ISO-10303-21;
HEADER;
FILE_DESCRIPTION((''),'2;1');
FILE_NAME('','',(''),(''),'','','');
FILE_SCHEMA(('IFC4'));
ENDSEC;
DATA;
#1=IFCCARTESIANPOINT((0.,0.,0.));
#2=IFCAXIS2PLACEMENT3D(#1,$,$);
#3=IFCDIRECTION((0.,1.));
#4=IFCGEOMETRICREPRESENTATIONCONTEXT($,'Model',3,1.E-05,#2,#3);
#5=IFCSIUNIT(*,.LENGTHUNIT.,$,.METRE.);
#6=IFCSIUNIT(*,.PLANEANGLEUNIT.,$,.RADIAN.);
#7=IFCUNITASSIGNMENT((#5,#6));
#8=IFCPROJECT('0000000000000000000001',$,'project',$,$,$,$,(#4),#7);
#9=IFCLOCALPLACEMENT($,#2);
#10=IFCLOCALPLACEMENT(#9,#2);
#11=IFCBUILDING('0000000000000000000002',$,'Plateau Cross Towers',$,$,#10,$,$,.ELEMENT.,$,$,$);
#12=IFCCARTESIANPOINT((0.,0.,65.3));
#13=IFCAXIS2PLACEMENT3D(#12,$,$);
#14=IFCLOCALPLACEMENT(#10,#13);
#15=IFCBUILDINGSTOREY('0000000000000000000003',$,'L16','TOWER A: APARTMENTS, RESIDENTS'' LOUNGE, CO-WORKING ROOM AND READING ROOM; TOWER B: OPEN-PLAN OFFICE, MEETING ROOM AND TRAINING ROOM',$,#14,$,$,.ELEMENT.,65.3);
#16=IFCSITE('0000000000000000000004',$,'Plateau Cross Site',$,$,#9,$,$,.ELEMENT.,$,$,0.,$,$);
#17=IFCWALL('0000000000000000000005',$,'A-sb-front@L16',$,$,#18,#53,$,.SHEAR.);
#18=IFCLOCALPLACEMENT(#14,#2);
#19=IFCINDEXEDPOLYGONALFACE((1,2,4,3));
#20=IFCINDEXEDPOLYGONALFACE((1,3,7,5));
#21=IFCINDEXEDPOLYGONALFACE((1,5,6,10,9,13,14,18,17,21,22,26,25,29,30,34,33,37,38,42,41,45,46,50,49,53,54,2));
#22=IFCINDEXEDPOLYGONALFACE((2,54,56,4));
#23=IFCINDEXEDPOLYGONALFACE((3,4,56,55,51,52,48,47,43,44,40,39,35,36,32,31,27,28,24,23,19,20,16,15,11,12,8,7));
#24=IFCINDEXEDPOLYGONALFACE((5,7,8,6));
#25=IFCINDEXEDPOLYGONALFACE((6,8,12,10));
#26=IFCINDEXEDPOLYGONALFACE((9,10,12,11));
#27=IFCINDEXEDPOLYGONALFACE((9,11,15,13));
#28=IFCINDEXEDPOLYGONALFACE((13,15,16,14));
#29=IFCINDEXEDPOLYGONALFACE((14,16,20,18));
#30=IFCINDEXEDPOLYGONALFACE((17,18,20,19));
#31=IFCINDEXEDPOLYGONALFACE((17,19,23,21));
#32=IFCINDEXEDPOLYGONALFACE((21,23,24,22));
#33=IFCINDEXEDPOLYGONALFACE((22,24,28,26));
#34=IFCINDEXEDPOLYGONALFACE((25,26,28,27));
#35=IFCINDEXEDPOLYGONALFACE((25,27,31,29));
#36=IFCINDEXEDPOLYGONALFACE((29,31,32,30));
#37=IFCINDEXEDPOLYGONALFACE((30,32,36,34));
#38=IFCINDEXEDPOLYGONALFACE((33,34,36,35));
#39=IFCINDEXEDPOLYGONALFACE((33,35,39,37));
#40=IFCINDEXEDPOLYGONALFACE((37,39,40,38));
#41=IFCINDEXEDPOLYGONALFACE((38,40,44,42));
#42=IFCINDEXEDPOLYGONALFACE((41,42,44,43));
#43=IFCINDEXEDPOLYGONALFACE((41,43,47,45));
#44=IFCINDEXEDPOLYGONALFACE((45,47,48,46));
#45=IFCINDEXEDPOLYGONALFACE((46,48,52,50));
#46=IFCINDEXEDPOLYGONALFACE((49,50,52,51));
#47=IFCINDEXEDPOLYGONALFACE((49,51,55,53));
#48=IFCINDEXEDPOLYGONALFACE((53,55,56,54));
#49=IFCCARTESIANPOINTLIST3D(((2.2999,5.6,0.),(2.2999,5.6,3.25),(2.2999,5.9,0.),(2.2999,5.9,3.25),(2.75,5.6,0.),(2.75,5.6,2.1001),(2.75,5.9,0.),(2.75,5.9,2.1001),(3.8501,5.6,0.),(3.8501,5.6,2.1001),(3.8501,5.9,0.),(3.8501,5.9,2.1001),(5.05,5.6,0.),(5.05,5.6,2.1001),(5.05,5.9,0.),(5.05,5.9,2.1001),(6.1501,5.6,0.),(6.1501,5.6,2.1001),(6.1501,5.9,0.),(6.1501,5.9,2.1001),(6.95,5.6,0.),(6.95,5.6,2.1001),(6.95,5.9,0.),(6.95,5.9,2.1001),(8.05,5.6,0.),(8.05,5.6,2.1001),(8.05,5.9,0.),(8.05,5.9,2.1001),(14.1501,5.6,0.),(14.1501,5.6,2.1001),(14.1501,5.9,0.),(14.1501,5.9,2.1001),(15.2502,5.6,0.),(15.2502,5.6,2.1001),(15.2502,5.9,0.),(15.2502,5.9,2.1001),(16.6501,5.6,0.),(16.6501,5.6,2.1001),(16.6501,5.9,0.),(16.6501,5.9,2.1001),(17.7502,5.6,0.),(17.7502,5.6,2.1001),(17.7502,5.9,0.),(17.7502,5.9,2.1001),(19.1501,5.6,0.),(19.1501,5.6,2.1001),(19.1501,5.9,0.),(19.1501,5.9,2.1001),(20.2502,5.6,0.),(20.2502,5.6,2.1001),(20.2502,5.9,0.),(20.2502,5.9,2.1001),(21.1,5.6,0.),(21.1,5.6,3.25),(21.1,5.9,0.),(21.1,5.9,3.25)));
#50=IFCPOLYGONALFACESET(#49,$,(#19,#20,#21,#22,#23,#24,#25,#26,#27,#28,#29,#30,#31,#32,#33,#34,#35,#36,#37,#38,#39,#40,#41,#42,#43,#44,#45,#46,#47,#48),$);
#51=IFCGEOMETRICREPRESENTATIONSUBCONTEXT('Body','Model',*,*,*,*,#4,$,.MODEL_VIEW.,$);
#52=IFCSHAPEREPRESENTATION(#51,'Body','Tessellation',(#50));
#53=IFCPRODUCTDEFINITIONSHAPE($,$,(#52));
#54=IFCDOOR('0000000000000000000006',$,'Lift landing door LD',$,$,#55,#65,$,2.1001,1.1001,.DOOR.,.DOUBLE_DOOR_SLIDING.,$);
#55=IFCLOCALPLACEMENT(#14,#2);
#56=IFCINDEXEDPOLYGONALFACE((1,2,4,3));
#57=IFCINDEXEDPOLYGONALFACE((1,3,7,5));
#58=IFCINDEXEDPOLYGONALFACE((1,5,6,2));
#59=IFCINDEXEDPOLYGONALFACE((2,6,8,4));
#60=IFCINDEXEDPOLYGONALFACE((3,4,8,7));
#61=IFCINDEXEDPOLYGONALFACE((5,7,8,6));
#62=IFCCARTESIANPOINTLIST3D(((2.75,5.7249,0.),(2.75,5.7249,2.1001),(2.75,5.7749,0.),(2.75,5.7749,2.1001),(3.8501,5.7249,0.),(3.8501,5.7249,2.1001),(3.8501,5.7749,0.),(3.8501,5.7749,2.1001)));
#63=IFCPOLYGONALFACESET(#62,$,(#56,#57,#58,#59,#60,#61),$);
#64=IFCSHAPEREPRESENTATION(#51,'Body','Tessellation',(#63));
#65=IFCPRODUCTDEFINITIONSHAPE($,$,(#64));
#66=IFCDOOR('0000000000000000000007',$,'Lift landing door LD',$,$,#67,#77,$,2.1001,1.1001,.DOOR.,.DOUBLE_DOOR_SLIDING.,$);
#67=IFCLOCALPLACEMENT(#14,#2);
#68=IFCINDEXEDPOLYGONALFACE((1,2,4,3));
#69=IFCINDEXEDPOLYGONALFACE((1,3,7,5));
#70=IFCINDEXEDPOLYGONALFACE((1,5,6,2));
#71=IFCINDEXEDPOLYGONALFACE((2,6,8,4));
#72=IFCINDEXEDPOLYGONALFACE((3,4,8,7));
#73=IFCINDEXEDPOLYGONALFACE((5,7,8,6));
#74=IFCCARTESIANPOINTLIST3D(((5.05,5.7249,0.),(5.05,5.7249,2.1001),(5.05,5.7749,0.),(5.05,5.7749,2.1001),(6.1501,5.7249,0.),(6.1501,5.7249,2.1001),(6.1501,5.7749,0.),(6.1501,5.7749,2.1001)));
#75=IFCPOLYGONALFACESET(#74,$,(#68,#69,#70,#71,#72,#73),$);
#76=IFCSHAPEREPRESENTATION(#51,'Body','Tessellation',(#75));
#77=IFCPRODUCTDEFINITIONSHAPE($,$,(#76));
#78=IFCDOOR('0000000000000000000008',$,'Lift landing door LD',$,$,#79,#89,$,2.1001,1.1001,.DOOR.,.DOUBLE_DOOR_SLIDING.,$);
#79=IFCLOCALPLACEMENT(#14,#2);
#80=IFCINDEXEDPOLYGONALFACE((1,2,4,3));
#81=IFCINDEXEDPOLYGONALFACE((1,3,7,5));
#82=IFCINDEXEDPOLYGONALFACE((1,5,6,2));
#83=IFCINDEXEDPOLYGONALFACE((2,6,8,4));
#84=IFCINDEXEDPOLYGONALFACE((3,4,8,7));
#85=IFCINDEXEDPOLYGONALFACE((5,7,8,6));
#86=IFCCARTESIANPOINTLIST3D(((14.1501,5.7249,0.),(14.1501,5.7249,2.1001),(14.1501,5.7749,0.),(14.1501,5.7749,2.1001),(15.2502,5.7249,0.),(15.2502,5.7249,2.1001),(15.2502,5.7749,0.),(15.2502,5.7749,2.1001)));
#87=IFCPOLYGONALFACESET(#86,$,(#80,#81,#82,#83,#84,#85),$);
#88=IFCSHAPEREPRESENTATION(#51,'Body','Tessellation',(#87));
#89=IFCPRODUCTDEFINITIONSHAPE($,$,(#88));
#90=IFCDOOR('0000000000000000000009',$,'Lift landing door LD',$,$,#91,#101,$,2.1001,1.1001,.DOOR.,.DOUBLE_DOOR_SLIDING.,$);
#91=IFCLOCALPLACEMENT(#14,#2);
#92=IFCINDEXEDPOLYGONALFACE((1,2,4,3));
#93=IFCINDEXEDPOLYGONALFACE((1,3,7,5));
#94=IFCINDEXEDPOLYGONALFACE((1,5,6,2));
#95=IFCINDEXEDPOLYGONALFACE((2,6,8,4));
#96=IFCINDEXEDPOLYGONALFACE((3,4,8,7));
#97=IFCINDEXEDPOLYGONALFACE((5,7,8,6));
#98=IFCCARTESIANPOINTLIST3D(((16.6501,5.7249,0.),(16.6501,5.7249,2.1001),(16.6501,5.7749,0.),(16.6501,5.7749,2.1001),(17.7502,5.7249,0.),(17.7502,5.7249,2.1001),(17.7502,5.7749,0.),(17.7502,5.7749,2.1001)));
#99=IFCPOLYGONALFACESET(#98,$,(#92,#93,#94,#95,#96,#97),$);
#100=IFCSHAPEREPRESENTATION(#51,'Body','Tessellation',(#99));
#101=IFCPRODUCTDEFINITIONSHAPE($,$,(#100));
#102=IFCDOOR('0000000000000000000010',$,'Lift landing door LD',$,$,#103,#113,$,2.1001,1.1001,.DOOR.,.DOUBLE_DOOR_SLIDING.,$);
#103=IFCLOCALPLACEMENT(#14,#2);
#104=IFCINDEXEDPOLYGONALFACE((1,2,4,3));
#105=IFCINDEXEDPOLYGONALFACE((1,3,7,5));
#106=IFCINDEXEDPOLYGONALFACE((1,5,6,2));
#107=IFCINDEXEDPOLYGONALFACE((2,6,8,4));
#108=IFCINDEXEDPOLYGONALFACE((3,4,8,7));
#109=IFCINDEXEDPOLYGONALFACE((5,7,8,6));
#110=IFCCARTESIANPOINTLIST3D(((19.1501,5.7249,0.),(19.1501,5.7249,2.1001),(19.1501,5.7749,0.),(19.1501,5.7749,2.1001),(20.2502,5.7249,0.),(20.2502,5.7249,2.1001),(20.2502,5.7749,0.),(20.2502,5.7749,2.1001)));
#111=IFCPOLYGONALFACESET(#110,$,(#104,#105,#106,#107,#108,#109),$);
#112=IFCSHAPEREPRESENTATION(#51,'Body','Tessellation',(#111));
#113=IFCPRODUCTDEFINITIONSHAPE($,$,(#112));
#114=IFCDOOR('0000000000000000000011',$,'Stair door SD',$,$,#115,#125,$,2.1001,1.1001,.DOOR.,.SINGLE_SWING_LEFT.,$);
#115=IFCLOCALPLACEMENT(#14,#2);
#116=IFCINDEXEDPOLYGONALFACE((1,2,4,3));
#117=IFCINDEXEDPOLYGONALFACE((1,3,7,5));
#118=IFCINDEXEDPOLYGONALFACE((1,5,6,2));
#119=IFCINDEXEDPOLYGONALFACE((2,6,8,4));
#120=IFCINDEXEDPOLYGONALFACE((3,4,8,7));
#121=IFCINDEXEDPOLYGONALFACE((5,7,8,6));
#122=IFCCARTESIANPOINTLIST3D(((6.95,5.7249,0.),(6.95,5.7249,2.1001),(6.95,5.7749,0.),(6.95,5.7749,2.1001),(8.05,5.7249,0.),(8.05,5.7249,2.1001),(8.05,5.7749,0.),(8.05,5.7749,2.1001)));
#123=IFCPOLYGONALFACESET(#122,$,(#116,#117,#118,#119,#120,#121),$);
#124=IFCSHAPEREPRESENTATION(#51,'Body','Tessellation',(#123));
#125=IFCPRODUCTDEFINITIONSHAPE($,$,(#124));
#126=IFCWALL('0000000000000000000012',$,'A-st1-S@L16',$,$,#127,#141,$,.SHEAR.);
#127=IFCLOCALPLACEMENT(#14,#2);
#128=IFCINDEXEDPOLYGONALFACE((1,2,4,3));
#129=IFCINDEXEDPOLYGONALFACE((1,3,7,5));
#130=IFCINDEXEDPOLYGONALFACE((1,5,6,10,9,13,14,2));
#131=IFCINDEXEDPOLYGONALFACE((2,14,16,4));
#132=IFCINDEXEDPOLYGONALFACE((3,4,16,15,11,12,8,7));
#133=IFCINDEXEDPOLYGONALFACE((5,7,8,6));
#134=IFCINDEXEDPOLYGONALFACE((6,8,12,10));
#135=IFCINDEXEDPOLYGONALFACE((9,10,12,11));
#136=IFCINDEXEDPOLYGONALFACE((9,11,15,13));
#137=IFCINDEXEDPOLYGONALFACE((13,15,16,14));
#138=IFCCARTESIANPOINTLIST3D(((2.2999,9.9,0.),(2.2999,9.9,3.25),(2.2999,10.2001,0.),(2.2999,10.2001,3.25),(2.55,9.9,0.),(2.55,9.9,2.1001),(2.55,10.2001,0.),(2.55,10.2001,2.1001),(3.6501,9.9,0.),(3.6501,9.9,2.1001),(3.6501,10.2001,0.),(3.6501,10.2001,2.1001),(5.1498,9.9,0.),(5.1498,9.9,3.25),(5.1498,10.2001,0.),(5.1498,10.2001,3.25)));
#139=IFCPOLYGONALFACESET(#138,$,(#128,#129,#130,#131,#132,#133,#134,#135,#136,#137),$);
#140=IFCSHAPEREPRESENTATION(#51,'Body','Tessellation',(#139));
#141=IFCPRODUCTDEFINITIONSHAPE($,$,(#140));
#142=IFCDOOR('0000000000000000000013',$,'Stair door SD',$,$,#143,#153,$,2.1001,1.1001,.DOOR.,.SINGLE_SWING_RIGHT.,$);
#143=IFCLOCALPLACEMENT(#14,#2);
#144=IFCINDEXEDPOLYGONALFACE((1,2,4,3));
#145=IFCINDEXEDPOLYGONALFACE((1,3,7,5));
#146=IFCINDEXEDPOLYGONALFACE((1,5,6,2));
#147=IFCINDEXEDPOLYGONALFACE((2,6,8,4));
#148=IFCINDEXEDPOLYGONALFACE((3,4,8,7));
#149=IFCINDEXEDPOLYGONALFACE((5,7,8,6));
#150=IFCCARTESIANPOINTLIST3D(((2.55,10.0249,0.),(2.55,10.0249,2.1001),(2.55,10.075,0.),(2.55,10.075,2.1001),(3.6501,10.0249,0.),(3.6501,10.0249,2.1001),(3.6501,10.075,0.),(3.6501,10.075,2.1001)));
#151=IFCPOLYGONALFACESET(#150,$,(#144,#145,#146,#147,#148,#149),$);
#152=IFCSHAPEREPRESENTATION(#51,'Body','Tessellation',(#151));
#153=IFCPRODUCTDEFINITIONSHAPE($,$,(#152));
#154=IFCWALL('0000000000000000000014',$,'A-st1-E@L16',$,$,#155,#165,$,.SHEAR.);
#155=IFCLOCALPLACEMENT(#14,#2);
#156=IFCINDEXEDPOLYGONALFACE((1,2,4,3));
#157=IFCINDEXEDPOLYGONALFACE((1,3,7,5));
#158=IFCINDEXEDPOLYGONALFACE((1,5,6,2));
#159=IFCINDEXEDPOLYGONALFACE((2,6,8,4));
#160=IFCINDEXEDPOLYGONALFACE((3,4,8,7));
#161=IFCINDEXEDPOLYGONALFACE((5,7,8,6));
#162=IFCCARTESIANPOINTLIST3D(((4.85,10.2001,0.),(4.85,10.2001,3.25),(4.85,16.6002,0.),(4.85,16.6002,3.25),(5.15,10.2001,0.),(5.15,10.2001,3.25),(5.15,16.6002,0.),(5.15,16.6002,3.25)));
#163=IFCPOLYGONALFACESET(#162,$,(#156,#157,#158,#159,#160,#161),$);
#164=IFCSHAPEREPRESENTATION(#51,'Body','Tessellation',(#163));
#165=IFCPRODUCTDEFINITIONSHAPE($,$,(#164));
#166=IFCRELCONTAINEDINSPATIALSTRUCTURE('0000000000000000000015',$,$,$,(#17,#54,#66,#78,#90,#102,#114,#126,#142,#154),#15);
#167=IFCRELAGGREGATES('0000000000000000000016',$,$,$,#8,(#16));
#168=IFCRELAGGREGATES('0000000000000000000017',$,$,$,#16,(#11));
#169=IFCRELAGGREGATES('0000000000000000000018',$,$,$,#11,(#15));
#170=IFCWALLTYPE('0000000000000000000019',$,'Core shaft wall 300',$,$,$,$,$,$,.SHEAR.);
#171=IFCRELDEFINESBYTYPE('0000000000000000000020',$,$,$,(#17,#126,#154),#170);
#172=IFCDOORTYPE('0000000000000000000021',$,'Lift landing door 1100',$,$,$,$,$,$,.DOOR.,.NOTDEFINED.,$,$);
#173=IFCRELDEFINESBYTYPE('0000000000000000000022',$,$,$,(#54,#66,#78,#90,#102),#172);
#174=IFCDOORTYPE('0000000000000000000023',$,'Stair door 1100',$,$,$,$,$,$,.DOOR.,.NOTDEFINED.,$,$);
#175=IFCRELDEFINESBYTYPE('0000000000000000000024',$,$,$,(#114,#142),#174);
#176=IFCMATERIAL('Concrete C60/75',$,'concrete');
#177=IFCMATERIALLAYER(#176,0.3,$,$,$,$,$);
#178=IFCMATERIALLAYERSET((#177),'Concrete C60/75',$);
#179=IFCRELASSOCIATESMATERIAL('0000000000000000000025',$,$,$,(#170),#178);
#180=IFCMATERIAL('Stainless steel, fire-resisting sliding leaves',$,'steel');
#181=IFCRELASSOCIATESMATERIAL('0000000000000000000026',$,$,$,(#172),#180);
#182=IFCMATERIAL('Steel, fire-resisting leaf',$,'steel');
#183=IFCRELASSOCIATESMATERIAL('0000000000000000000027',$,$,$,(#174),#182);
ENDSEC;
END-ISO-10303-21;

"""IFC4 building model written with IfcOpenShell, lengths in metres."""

from ifc_helpers import new_model, si_unit, direction, frame, frame_2d, origin, place, context, subcontext, project, spatial, rectangle, extrude, material, layer, layer_set, type_object, element, fill, save


model = new_model("IFC4")

# Units and contexts
model_context = context("Model", 3, precision=1e-05, world=origin(), true_north=direction((0.0, 1.0)))
body_context = subcontext(model_context, "Body", "Model", "MODEL_VIEW")
ifc_project = project(units=[si_unit("LENGTHUNIT", "METRE"), si_unit("PLANEANGLEUNIT", "RADIAN")], contexts=[model_context])

# Site, building, storey
site_placement = place(None, origin())
site = spatial("IfcSite", under=ifc_project, at=site_placement, Name="Plateau Cross Site", CompositionType="ELEMENT", RefElevation=0.0)
building_placement = place(site_placement, origin())
building = spatial("IfcBuilding", under=site, at=building_placement, Name="Plateau Cross Towers", CompositionType="ELEMENT")
storey_placement = place(building_placement, frame((0.0, 0.0, 65.3)))
storey = spatial("IfcBuildingStorey", under=building, at=storey_placement, Name="L16", Description="TOWER A: APARTMENTS, RESIDENTS' LOUNGE, CO-WORKING ROOM AND READING ROOM; TOWER B: OPEN-PLAN OFFICE, MEETING ROOM AND TRAINING ROOM", CompositionType="ELEMENT", Elevation=65.3)

# Shared definitions
ifc_material_1 = material(Name="Steel, fire-resisting leaf", Category="steel")

# Shared definitions
ifc_material_2 = material(Name="Concrete C60/75", Category="concrete")
ifc_layer_1 = layer(ifc_material_2, 0.3)
ifc_layer_set_1 = layer_set([ifc_layer_1], Name="Concrete C60/75")
wall_type_1 = type_object("IfcWallType", Name="Core shaft wall 300", PredefinedType="SHEAR", material=ifc_layer_set_1)

# Wall, openings, doors
wall_1_placement = place(storey_placement, frame((2.3, 5.75, 0.0), z_axis=(0.0, 0.0, 1.0), x_axis=(1.0, 0.0, 0.0)))
wall_1 = element("IfcWall", 1, at=wall_1_placement, inside=storey, type_object=wall_type_1, Name="A-sb-front@L16", PredefinedType="SHEAR", context=body_context, shape_type="SweptSolid", body=[
    extrude(rectangle(XDim=18.8, YDim=0.3, at=frame_2d((9.3999, 0.0))), origin(), (0.0, 0.0, 1.0), 3.25),
])
opening_1_placement = place(wall_1_placement, frame((4.6499, 0.0, 0.0)))
opening_1 = element("IfcOpeningElement", 2, at=opening_1_placement, cuts=wall_1, PredefinedType="OPENING", context=body_context, shape_type="SweptSolid", body=[
    extrude(rectangle(XDim=1.1001, YDim=2.1001, at=frame_2d((0.55, 1.05))), frame((0.0, 0.1599, 0.0), z_axis=(0.0, -1.0, 0.0), x_axis=(1.0, 0.0, 0.0)), (0.0, 0.0, 1.0), 0.3201),
])
opening_2_placement = place(wall_1_placement, frame((0.45, 0.0, 0.0)))
opening_2 = element("IfcOpeningElement", 3, at=opening_2_placement, cuts=wall_1, PredefinedType="OPENING", context=body_context, shape_type="SweptSolid", body=[
    extrude(rectangle(XDim=1.1001, YDim=2.1001, at=frame_2d((0.55, 1.05))), frame((0.0, 0.1599, 0.0), z_axis=(0.0, -1.0, 0.0), x_axis=(1.0, 0.0, 0.0)), (0.0, 0.0, 1.0), 0.3201),
])
opening_3_placement = place(wall_1_placement, frame((2.75, 0.0, 0.0)))
opening_3 = element("IfcOpeningElement", 4, at=opening_3_placement, cuts=wall_1, PredefinedType="OPENING", context=body_context, shape_type="SweptSolid", body=[
    extrude(rectangle(XDim=1.1001, YDim=2.1001, at=frame_2d((0.55, 1.05))), frame((0.0, 0.1599, 0.0), z_axis=(0.0, -1.0, 0.0), x_axis=(1.0, 0.0, 0.0)), (0.0, 0.0, 1.0), 0.3201),
])
opening_4_placement = place(wall_1_placement, frame((11.8501, 0.0, 0.0)))
opening_4 = element("IfcOpeningElement", 5, at=opening_4_placement, cuts=wall_1, PredefinedType="OPENING", context=body_context, shape_type="SweptSolid", body=[
    extrude(rectangle(XDim=1.1001, YDim=2.1001, at=frame_2d((0.55, 1.05))), frame((0.0, 0.1599, 0.0), z_axis=(0.0, -1.0, 0.0), x_axis=(1.0, 0.0, 0.0)), (0.0, 0.0, 1.0), 0.3201),
])
opening_5_placement = place(wall_1_placement, frame((14.3501, 0.0, 0.0)))
opening_5 = element("IfcOpeningElement", 6, at=opening_5_placement, cuts=wall_1, PredefinedType="OPENING", context=body_context, shape_type="SweptSolid", body=[
    extrude(rectangle(XDim=1.1001, YDim=2.1001, at=frame_2d((0.55, 1.05))), frame((0.0, 0.1599, 0.0), z_axis=(0.0, -1.0, 0.0), x_axis=(1.0, 0.0, 0.0)), (0.0, 0.0, 1.0), 0.3201),
])
opening_6_placement = place(wall_1_placement, frame((16.8501, 0.0, 0.0)))
opening_6 = element("IfcOpeningElement", 7, at=opening_6_placement, cuts=wall_1, PredefinedType="OPENING", context=body_context, shape_type="SweptSolid", body=[
    extrude(rectangle(XDim=1.1001, YDim=2.1001, at=frame_2d((0.55, 1.05))), frame((0.0, 0.1599, 0.0), z_axis=(0.0, -1.0, 0.0), x_axis=(1.0, 0.0, 0.0)), (0.0, 0.0, 1.0), 0.3201),
])
ifc_material_3 = material(Name="Stainless steel, fire-resisting sliding leaves", Category="steel")
door_type_1 = type_object("IfcDoorType", Name="Lift landing door 1100", OperationType="NOTDEFINED", PredefinedType="DOOR", material=ifc_material_3)
door_1_placement = place(opening_2_placement, origin())
door_1 = element("IfcDoor", 8, at=door_1_placement, inside=storey, type_object=door_type_1, Name="Lift landing door LD", OperationType="DOUBLE_DOOR_SLIDING", OverallHeight=2.1001, OverallWidth=1.1001, PredefinedType="DOOR", context=body_context, shape_type="SweptSolid", body=[
    extrude(rectangle(XDim=1.1001, YDim=2.1001, at=frame_2d((0.55, 1.05))), frame((0.0, 0.0249, 0.0), z_axis=(0.0, -1.0, 0.0), x_axis=(1.0, 0.0, 0.0)), (0.0, 0.0, 1.0), 0.05),
])
fill(opening_2, door_1)
door_2_placement = place(opening_3_placement, origin())
door_2 = element("IfcDoor", 9, at=door_2_placement, inside=storey, type_object=door_type_1, Name="Lift landing door LD", OperationType="DOUBLE_DOOR_SLIDING", OverallHeight=2.1001, OverallWidth=1.1001, PredefinedType="DOOR", context=body_context, shape_type="SweptSolid", body=[
    extrude(rectangle(XDim=1.1001, YDim=2.1001, at=frame_2d((0.55, 1.05))), frame((0.0, 0.0249, 0.0), z_axis=(0.0, -1.0, 0.0), x_axis=(1.0, 0.0, 0.0)), (0.0, 0.0, 1.0), 0.05),
])
fill(opening_3, door_2)
door_3_placement = place(opening_4_placement, origin())
door_3 = element("IfcDoor", 10, at=door_3_placement, inside=storey, type_object=door_type_1, Name="Lift landing door LD", OperationType="DOUBLE_DOOR_SLIDING", OverallHeight=2.1001, OverallWidth=1.1001, PredefinedType="DOOR", context=body_context, shape_type="SweptSolid", body=[
    extrude(rectangle(XDim=1.1001, YDim=2.1001, at=frame_2d((0.55, 1.05))), frame((0.0, 0.0249, 0.0), z_axis=(0.0, -1.0, 0.0), x_axis=(1.0, 0.0, 0.0)), (0.0, 0.0, 1.0), 0.05),
])
fill(opening_4, door_3)
door_4_placement = place(opening_5_placement, origin())
door_4 = element("IfcDoor", 11, at=door_4_placement, inside=storey, type_object=door_type_1, Name="Lift landing door LD", OperationType="DOUBLE_DOOR_SLIDING", OverallHeight=2.1001, OverallWidth=1.1001, PredefinedType="DOOR", context=body_context, shape_type="SweptSolid", body=[
    extrude(rectangle(XDim=1.1001, YDim=2.1001, at=frame_2d((0.55, 1.05))), frame((0.0, 0.0249, 0.0), z_axis=(0.0, -1.0, 0.0), x_axis=(1.0, 0.0, 0.0)), (0.0, 0.0, 1.0), 0.05),
])
fill(opening_5, door_4)
door_5_placement = place(opening_6_placement, origin())
door_5 = element("IfcDoor", 12, at=door_5_placement, inside=storey, type_object=door_type_1, Name="Lift landing door LD", OperationType="DOUBLE_DOOR_SLIDING", OverallHeight=2.1001, OverallWidth=1.1001, PredefinedType="DOOR", context=body_context, shape_type="SweptSolid", body=[
    extrude(rectangle(XDim=1.1001, YDim=2.1001, at=frame_2d((0.55, 1.05))), frame((0.0, 0.0249, 0.0), z_axis=(0.0, -1.0, 0.0), x_axis=(1.0, 0.0, 0.0)), (0.0, 0.0, 1.0), 0.05),
])
fill(opening_6, door_5)
door_type_2 = type_object("IfcDoorType", Name="Stair door 1100", OperationType="NOTDEFINED", PredefinedType="DOOR", material=ifc_material_1)
door_6_placement = place(opening_1_placement, origin())
door_6 = element("IfcDoor", 13, at=door_6_placement, inside=storey, type_object=door_type_2, Name="Stair door SD", OperationType="SINGLE_SWING_LEFT", OverallHeight=2.1001, OverallWidth=1.1001, PredefinedType="DOOR", context=body_context, shape_type="SweptSolid", body=[
    extrude(rectangle(XDim=1.1001, YDim=2.1001, at=frame_2d((0.55, 1.05))), frame((0.0, 0.0249, 0.0), z_axis=(0.0, -1.0, 0.0), x_axis=(1.0, 0.0, 0.0)), (0.0, 0.0, 1.0), 0.05),
])
fill(opening_1, door_6)

# Wall, opening, door
wall_2_placement = place(storey_placement, frame((2.3, 10.05, 0.0), z_axis=(0.0, 0.0, 1.0), x_axis=(1.0, 0.0, 0.0)))
wall_2 = element("IfcWall", 14, at=wall_2_placement, inside=storey, type_object=wall_type_1, Name="A-st1-S@L16", PredefinedType="SHEAR", context=body_context, shape_type="SweptSolid", body=[
    extrude(rectangle(XDim=2.8499, YDim=0.3, at=frame_2d((1.4248, 0.0))), origin(), (0.0, 0.0, 1.0), 3.25),
])
opening_7_placement = place(wall_2_placement, frame((0.25, 0.0, 0.0)))
opening_7 = element("IfcOpeningElement", 15, at=opening_7_placement, cuts=wall_2, PredefinedType="OPENING", context=body_context, shape_type="SweptSolid", body=[
    extrude(rectangle(XDim=1.1001, YDim=2.1001, at=frame_2d((0.55, 1.05))), frame((0.0, 0.1599, 0.0), z_axis=(0.0, -1.0, 0.0), x_axis=(1.0, 0.0, 0.0)), (0.0, 0.0, 1.0), 0.3201),
])
door_7_placement = place(opening_7_placement, origin())
door_7 = element("IfcDoor", 16, at=door_7_placement, inside=storey, type_object=door_type_2, Name="Stair door SD", OperationType="SINGLE_SWING_RIGHT", OverallHeight=2.1001, OverallWidth=1.1001, PredefinedType="DOOR", context=body_context, shape_type="SweptSolid", body=[
    extrude(rectangle(XDim=1.1001, YDim=2.1001, at=frame_2d((0.55, 1.05))), frame((0.0, 0.0249, 0.0), z_axis=(0.0, -1.0, 0.0), x_axis=(1.0, 0.0, 0.0)), (0.0, 0.0, 1.0), 0.05),
])
fill(opening_7, door_7)

# Wall
wall_3_placement = place(storey_placement, frame((5.0, 10.2, 0.0), z_axis=(0.0, 0.0, 1.0), x_axis=(0.0, 1.0, 0.0)))
element("IfcWall", 17, at=wall_3_placement, inside=storey, type_object=wall_type_1, Name="A-st1-E@L16", PredefinedType="SHEAR", context=body_context, shape_type="SweptSolid", body=[
    extrude(rectangle(XDim=6.4001, YDim=0.3, at=frame_2d((3.2002, 0.0))), origin(), (0.0, 0.0, 1.0), 3.25),
])

save(model, "model.ifc")
